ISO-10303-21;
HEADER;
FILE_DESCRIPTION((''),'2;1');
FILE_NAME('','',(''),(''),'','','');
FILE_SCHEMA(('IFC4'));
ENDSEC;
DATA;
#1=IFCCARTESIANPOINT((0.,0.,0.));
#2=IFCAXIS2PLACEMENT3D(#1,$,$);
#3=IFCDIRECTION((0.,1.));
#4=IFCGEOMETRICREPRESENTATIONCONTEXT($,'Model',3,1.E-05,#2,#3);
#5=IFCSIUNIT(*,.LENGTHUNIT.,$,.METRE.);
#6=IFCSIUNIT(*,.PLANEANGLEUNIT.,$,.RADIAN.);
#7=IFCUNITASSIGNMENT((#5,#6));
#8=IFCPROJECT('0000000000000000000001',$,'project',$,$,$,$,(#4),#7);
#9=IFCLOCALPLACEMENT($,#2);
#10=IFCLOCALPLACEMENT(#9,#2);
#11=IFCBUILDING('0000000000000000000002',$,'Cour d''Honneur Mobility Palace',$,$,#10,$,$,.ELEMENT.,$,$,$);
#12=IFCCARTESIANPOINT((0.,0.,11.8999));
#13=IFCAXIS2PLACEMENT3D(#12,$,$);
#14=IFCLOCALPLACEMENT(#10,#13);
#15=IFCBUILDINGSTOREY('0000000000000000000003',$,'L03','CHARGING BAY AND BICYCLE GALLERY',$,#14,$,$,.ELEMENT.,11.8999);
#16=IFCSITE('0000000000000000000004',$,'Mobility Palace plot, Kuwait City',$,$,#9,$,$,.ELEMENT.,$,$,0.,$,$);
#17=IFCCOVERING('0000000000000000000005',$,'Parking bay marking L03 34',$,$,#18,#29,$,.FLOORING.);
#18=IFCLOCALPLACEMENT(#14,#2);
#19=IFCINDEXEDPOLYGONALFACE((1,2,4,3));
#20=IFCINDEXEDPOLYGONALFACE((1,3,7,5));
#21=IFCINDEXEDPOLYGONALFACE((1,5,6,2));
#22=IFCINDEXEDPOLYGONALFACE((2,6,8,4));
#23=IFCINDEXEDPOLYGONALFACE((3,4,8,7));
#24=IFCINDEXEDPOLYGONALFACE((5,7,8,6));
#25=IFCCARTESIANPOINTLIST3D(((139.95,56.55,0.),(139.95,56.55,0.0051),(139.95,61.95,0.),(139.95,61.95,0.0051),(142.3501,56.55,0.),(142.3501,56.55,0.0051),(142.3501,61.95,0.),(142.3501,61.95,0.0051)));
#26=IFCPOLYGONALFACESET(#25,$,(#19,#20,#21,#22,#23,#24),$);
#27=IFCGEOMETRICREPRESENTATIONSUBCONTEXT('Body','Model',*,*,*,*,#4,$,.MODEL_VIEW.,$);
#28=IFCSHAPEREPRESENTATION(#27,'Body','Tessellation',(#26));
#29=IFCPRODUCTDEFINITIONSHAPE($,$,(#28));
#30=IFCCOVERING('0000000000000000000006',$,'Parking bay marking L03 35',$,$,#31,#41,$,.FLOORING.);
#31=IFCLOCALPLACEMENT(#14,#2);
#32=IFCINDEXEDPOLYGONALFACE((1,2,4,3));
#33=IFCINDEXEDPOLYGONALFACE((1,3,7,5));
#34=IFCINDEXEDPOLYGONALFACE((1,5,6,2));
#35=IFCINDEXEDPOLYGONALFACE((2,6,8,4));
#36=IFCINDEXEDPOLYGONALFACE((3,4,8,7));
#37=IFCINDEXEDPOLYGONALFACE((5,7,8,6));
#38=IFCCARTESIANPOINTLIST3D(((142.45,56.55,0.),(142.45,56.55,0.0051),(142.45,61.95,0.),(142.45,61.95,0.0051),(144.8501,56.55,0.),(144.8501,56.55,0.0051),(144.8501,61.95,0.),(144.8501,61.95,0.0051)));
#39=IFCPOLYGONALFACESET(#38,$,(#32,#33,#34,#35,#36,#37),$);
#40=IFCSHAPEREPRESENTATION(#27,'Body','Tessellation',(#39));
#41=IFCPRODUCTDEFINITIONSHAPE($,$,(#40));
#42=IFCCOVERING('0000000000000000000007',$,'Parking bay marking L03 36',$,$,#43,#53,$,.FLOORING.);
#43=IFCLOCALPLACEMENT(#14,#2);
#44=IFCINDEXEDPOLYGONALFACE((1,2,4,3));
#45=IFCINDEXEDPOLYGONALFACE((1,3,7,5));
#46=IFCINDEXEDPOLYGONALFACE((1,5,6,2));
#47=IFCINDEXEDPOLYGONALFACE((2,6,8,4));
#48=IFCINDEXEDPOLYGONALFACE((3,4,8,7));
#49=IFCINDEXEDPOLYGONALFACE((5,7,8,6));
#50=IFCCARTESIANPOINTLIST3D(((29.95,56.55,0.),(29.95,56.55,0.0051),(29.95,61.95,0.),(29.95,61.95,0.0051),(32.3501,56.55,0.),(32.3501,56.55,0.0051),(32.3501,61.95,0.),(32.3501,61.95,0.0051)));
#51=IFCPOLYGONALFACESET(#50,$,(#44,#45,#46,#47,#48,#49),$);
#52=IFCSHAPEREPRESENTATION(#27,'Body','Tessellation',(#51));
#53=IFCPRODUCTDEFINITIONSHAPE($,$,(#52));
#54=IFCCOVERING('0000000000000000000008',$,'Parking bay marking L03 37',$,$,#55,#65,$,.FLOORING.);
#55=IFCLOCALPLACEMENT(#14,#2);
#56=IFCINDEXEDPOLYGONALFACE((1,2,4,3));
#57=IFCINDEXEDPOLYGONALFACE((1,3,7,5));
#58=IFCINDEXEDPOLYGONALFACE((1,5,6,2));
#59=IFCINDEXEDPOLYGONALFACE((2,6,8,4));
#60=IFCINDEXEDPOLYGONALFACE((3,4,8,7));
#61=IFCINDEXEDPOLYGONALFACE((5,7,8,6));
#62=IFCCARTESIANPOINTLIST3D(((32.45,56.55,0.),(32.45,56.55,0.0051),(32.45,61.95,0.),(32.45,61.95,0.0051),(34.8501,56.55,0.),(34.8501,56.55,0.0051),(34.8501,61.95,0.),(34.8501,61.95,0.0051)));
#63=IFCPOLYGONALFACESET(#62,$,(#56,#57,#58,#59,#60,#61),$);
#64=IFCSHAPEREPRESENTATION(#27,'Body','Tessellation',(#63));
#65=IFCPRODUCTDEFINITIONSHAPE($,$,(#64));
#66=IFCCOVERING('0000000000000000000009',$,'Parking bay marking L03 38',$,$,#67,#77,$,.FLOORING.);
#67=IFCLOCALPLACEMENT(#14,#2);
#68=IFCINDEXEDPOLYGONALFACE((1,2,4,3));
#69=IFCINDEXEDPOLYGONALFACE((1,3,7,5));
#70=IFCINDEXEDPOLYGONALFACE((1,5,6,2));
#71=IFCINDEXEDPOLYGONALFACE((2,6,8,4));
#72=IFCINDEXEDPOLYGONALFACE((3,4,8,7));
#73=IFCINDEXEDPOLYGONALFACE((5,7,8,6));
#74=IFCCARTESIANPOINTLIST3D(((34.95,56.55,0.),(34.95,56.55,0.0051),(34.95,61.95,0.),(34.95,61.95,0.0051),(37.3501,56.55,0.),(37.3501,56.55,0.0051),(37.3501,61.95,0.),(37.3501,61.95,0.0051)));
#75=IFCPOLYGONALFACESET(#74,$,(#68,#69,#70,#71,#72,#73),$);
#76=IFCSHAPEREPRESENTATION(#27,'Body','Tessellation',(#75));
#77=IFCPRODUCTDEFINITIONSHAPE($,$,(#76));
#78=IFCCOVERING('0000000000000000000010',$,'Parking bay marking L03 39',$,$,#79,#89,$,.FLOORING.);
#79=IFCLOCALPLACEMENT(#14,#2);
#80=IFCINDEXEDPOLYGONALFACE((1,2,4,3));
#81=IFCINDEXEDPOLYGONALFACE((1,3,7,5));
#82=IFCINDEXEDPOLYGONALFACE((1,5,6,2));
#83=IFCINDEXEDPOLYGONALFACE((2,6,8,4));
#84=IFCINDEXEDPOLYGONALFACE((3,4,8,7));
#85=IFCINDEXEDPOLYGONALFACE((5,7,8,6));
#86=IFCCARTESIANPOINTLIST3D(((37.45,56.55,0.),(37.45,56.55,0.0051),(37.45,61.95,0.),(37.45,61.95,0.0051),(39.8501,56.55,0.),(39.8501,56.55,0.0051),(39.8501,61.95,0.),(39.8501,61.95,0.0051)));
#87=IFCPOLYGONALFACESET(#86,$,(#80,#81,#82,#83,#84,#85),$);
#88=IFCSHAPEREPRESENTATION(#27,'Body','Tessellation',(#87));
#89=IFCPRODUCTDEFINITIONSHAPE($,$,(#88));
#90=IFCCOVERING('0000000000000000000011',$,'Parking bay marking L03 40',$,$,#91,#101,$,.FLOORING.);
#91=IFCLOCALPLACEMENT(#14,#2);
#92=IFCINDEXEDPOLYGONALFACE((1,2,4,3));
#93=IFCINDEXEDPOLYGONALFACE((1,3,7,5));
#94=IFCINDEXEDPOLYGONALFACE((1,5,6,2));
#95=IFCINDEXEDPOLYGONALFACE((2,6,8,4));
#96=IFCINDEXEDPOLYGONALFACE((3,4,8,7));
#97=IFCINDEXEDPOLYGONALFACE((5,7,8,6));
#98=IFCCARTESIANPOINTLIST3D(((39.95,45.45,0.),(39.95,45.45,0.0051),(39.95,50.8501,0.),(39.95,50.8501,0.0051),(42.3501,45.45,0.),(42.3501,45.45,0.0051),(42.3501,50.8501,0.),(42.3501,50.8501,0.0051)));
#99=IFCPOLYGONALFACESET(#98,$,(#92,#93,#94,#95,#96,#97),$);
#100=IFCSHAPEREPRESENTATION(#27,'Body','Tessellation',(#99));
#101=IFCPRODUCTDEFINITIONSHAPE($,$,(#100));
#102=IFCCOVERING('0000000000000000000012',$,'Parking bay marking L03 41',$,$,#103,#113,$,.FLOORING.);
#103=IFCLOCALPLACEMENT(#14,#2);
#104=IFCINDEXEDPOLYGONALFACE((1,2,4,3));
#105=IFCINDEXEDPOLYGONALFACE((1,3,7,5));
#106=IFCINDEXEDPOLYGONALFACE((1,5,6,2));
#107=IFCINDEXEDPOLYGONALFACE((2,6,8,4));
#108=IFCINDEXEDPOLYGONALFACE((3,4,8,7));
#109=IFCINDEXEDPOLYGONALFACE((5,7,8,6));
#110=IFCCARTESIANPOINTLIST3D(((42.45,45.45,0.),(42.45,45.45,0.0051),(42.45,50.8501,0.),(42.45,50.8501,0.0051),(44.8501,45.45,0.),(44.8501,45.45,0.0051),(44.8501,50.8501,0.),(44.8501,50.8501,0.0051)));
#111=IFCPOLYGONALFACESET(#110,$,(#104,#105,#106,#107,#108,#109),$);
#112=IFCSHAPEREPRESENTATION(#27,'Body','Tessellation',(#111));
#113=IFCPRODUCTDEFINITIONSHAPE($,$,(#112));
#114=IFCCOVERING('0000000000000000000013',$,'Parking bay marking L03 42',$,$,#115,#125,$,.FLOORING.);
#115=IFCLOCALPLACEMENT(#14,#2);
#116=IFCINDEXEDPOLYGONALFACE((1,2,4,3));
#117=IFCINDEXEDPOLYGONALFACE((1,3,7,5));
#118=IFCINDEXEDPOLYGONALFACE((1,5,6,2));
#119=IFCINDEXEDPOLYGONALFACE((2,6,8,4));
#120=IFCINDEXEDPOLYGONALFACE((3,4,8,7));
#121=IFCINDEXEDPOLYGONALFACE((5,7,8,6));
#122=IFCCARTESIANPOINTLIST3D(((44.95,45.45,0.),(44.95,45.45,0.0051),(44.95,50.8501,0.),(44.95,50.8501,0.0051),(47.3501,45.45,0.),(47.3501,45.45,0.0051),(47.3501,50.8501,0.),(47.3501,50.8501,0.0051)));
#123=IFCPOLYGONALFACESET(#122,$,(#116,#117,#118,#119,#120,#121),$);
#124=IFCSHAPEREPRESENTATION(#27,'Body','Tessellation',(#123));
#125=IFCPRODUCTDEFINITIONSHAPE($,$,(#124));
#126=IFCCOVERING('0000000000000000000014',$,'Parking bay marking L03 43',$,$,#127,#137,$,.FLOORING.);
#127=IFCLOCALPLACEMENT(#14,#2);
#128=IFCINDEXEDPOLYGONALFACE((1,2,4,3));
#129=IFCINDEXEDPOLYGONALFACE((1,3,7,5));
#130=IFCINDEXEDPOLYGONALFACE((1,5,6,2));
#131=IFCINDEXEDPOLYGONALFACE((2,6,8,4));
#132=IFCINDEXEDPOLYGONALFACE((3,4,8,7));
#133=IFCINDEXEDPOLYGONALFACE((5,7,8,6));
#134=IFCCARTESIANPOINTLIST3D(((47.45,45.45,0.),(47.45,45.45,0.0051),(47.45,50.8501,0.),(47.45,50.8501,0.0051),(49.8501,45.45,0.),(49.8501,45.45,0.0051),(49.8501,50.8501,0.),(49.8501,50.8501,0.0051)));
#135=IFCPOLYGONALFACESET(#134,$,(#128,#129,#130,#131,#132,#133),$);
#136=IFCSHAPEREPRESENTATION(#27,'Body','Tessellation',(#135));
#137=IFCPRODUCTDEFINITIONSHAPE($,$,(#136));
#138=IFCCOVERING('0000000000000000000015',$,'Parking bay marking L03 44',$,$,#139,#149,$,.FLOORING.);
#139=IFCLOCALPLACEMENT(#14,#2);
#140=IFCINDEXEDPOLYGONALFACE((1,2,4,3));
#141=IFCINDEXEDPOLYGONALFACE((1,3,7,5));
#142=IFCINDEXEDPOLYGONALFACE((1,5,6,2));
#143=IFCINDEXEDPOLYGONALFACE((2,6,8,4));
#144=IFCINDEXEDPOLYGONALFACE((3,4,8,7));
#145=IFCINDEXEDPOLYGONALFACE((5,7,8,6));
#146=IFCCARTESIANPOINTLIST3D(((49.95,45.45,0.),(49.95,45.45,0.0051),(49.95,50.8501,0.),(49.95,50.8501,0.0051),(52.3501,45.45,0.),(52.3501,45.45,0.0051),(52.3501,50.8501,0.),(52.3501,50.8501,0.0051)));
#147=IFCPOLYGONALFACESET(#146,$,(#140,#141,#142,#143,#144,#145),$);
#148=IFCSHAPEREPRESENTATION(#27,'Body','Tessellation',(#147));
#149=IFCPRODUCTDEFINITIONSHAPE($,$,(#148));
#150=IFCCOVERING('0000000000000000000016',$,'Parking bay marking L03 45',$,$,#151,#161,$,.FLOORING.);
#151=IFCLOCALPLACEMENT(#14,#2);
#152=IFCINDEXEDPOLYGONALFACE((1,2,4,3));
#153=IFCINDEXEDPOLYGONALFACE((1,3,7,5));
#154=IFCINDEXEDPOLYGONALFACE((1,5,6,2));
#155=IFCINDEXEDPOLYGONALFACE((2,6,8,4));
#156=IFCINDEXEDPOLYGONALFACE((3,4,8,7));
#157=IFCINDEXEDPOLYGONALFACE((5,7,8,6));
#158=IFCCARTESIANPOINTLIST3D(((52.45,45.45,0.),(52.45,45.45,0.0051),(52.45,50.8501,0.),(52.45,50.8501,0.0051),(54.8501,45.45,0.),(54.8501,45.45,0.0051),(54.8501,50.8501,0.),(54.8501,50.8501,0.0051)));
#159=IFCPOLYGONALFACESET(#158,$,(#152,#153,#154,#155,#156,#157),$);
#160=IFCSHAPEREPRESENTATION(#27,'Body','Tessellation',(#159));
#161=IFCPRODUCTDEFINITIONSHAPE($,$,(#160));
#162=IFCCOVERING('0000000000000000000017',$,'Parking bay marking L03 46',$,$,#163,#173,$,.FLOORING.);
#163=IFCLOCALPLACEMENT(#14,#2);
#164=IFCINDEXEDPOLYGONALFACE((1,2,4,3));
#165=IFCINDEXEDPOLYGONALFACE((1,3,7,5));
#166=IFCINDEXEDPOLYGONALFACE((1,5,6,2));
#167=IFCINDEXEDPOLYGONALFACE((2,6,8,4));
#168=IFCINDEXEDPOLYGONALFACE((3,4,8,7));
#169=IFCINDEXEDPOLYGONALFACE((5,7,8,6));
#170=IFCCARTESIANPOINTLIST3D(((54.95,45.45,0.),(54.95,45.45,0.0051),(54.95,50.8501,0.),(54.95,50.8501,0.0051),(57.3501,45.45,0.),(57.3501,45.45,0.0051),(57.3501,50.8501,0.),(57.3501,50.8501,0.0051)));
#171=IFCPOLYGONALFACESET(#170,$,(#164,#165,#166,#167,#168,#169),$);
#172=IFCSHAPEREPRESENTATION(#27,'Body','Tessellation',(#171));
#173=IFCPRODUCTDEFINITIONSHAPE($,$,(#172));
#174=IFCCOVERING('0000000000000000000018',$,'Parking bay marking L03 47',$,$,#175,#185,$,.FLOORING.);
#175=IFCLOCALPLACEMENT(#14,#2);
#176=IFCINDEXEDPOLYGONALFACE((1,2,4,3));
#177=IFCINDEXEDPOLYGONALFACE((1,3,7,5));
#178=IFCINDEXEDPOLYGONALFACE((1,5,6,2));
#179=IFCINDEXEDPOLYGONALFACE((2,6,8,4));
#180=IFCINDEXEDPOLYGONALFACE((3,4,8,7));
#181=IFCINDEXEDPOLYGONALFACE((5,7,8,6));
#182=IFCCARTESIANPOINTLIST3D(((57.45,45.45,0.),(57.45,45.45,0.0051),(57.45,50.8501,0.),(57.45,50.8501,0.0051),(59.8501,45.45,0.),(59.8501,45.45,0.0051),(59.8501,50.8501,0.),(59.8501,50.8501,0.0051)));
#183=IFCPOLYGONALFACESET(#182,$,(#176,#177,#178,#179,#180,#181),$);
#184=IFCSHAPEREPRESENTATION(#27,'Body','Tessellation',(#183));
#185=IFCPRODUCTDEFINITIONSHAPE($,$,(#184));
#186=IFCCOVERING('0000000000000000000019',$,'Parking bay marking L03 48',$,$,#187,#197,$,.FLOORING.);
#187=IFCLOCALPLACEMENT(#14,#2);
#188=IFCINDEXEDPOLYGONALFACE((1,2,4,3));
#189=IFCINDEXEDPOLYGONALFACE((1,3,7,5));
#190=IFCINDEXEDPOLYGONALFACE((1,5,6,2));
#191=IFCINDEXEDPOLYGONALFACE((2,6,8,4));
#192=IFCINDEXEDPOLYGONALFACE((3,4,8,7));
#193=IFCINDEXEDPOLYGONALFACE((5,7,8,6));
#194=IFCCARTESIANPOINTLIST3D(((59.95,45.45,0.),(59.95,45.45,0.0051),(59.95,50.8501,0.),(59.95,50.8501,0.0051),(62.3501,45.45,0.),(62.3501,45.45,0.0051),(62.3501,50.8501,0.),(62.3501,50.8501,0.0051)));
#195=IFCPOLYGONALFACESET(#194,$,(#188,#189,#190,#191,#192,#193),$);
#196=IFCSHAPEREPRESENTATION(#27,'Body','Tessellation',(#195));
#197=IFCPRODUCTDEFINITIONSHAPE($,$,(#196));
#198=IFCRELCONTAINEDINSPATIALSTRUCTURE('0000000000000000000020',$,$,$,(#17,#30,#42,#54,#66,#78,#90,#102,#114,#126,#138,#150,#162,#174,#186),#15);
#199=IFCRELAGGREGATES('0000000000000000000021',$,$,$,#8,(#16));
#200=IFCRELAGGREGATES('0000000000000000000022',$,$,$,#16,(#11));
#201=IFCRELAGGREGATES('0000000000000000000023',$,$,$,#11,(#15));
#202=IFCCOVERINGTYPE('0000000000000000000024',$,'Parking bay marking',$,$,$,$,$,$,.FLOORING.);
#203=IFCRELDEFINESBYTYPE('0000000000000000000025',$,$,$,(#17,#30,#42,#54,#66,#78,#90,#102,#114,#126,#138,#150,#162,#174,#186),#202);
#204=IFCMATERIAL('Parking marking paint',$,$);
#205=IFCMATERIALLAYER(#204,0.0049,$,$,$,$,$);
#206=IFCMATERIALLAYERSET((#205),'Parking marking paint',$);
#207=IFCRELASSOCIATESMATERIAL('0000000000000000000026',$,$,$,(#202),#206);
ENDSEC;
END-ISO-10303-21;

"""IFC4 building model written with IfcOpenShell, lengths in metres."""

from ifc_helpers import new_model, si_unit, direction, frame, origin, place, context, subcontext, project, spatial, polyline, outline, extrude, material, layer, layer_set, type_object, element, save


model = new_model("IFC4")

# Units and contexts
model_context = context("Model", 3, precision=1e-05, world=origin(), true_north=direction((0.0, 1.0)))
body_context = subcontext(model_context, "Body", "Model", "MODEL_VIEW")
ifc_project = project(units=[si_unit("LENGTHUNIT", "METRE"), si_unit("PLANEANGLEUNIT", "RADIAN")], contexts=[model_context])

# Site, building, storey
site_placement = place(None, origin())
site = spatial("IfcSite", under=ifc_project, at=site_placement, Name="Mobility Palace plot, Kuwait City", CompositionType="ELEMENT", RefElevation=0.0)
building_placement = place(site_placement, origin())
building = spatial("IfcBuilding", under=site, at=building_placement, Name="Cour d'Honneur Mobility Palace", CompositionType="ELEMENT")
storey_placement = place(building_placement, frame((0.0, 0.0, 11.8999)))
storey = spatial("IfcBuildingStorey", under=building, at=storey_placement, Name="L03", Description="CHARGING BAY AND BICYCLE GALLERY", CompositionType="ELEMENT", Elevation=11.8999)

# Coverings
ifc_material = material(Name="Parking marking paint")
ifc_layer = layer(ifc_material, 0.0049)
ifc_layer_set = layer_set([ifc_layer], Name="Parking marking paint")
covering_type = type_object("IfcCoveringType", Name="Parking bay marking", PredefinedType="FLOORING", material=ifc_layer_set)
covering_1_placement = place(storey_placement, origin())
element("IfcCovering", 1, at=covering_1_placement, inside=storey, type_object=covering_type, Name="Parking bay marking L03 34", PredefinedType="FLOORING", context=body_context, shape_type="SweptSolid", body=[
    extrude(outline(polyline([(142.3501, 56.55), (139.95, 56.55), (139.95, 61.95), (142.3501, 61.95), (142.3501, 56.55)])), origin(), (0.0, 0.0, 1.0), 0.0051),
])
covering_2_placement = place(storey_placement, origin())
element("IfcCovering", 2, at=covering_2_placement, inside=storey, type_object=covering_type, Name="Parking bay marking L03 35", PredefinedType="FLOORING", context=body_context, shape_type="SweptSolid", body=[
    extrude(outline(polyline([(144.8501, 56.55), (142.45, 56.55), (142.45, 61.95), (144.8501, 61.95), (144.8501, 56.55)])), origin(), (0.0, 0.0, 1.0), 0.0051),
])
covering_3_placement = place(storey_placement, origin())
element("IfcCovering", 3, at=covering_3_placement, inside=storey, type_object=covering_type, Name="Parking bay marking L03 36", PredefinedType="FLOORING", context=body_context, shape_type="SweptSolid", body=[
    extrude(outline(polyline([(32.3501, 56.55), (29.95, 56.55), (29.95, 61.95), (32.3501, 61.95), (32.3501, 56.55)])), origin(), (0.0, 0.0, 1.0), 0.0051),
])
covering_4_placement = place(storey_placement, origin())
element("IfcCovering", 4, at=covering_4_placement, inside=storey, type_object=covering_type, Name="Parking bay marking L03 37", PredefinedType="FLOORING", context=body_context, shape_type="SweptSolid", body=[
    extrude(outline(polyline([(34.8501, 56.55), (32.45, 56.55), (32.45, 61.95), (34.8501, 61.95), (34.8501, 56.55)])), origin(), (0.0, 0.0, 1.0), 0.0051),
])
covering_5_placement = place(storey_placement, origin())
element("IfcCovering", 5, at=covering_5_placement, inside=storey, type_object=covering_type, Name="Parking bay marking L03 38", PredefinedType="FLOORING", context=body_context, shape_type="SweptSolid", body=[
    extrude(outline(polyline([(37.3501, 56.55), (34.95, 56.55), (34.95, 61.95), (37.3501, 61.95), (37.3501, 56.55)])), origin(), (0.0, 0.0, 1.0), 0.0051),
])
covering_6_placement = place(storey_placement, origin())
element("IfcCovering", 6, at=covering_6_placement, inside=storey, type_object=covering_type, Name="Parking bay marking L03 39", PredefinedType="FLOORING", context=body_context, shape_type="SweptSolid", body=[
    extrude(outline(polyline([(39.8501, 56.55), (37.45, 56.55), (37.45, 61.95), (39.8501, 61.95), (39.8501, 56.55)])), origin(), (0.0, 0.0, 1.0), 0.0051),
])
covering_7_placement = place(storey_placement, origin())
element("IfcCovering", 7, at=covering_7_placement, inside=storey, type_object=covering_type, Name="Parking bay marking L03 40", PredefinedType="FLOORING", context=body_context, shape_type="SweptSolid", body=[
    extrude(outline(polyline([(42.3501, 45.45), (39.95, 45.45), (39.95, 50.8501), (42.3501, 50.8501), (42.3501, 45.45)])), origin(), (0.0, 0.0, 1.0), 0.0051),
])
covering_8_placement = place(storey_placement, origin())
element("IfcCovering", 8, at=covering_8_placement, inside=storey, type_object=covering_type, Name="Parking bay marking L03 41", PredefinedType="FLOORING", context=body_context, shape_type="SweptSolid", body=[
    extrude(outline(polyline([(44.8501, 45.45), (42.45, 45.45), (42.45, 50.8501), (44.8501, 50.8501), (44.8501, 45.45)])), origin(), (0.0, 0.0, 1.0), 0.0051),
])
covering_9_placement = place(storey_placement, origin())
element("IfcCovering", 9, at=covering_9_placement, inside=storey, type_object=covering_type, Name="Parking bay marking L03 42", PredefinedType="FLOORING", context=body_context, shape_type="SweptSolid", body=[
    extrude(outline(polyline([(47.3501, 45.45), (44.95, 45.45), (44.95, 50.8501), (47.3501, 50.8501), (47.3501, 45.45)])), origin(), (0.0, 0.0, 1.0), 0.0051),
])
covering_10_placement = place(storey_placement, origin())
element("IfcCovering", 10, at=covering_10_placement, inside=storey, type_object=covering_type, Name="Parking bay marking L03 43", PredefinedType="FLOORING", context=body_context, shape_type="SweptSolid", body=[
    extrude(outline(polyline([(49.8501, 45.45), (47.45, 45.45), (47.45, 50.8501), (49.8501, 50.8501), (49.8501, 45.45)])), origin(), (0.0, 0.0, 1.0), 0.0051),
])
covering_11_placement = place(storey_placement, origin())
element("IfcCovering", 11, at=covering_11_placement, inside=storey, type_object=covering_type, Name="Parking bay marking L03 44", PredefinedType="FLOORING", context=body_context, shape_type="SweptSolid", body=[
    extrude(outline(polyline([(52.3501, 45.45), (49.95, 45.45), (49.95, 50.8501), (52.3501, 50.8501), (52.3501, 45.45)])), origin(), (0.0, 0.0, 1.0), 0.0051),
])
covering_12_placement = place(storey_placement, origin())
element("IfcCovering", 12, at=covering_12_placement, inside=storey, type_object=covering_type, Name="Parking bay marking L03 45", PredefinedType="FLOORING", context=body_context, shape_type="SweptSolid", body=[
    extrude(outline(polyline([(54.8501, 45.45), (52.45, 45.45), (52.45, 50.8501), (54.8501, 50.8501), (54.8501, 45.45)])), origin(), (0.0, 0.0, 1.0), 0.0051),
])
covering_13_placement = place(storey_placement, origin())
element("IfcCovering", 13, at=covering_13_placement, inside=storey, type_object=covering_type, Name="Parking bay marking L03 46", PredefinedType="FLOORING", context=body_context, shape_type="SweptSolid", body=[
    extrude(outline(polyline([(57.3501, 45.45), (54.95, 45.45), (54.95, 50.8501), (57.3501, 50.8501), (57.3501, 45.45)])), origin(), (0.0, 0.0, 1.0), 0.0051),
])
covering_14_placement = place(storey_placement, origin())
element("IfcCovering", 14, at=covering_14_placement, inside=storey, type_object=covering_type, Name="Parking bay marking L03 47", PredefinedType="FLOORING", context=body_context, shape_type="SweptSolid", body=[
    extrude(outline(polyline([(59.8501, 45.45), (57.45, 45.45), (57.45, 50.8501), (59.8501, 50.8501), (59.8501, 45.45)])), origin(), (0.0, 0.0, 1.0), 0.0051),
])
covering_15_placement = place(storey_placement, origin())
element("IfcCovering", 15, at=covering_15_placement, inside=storey, type_object=covering_type, Name="Parking bay marking L03 48", PredefinedType="FLOORING", context=body_context, shape_type="SweptSolid", body=[
    extrude(outline(polyline([(62.3501, 45.45), (59.95, 45.45), (59.95, 50.8501), (62.3501, 50.8501), (62.3501, 45.45)])), origin(), (0.0, 0.0, 1.0), 0.0051),
])

save(model, "model.ifc")
